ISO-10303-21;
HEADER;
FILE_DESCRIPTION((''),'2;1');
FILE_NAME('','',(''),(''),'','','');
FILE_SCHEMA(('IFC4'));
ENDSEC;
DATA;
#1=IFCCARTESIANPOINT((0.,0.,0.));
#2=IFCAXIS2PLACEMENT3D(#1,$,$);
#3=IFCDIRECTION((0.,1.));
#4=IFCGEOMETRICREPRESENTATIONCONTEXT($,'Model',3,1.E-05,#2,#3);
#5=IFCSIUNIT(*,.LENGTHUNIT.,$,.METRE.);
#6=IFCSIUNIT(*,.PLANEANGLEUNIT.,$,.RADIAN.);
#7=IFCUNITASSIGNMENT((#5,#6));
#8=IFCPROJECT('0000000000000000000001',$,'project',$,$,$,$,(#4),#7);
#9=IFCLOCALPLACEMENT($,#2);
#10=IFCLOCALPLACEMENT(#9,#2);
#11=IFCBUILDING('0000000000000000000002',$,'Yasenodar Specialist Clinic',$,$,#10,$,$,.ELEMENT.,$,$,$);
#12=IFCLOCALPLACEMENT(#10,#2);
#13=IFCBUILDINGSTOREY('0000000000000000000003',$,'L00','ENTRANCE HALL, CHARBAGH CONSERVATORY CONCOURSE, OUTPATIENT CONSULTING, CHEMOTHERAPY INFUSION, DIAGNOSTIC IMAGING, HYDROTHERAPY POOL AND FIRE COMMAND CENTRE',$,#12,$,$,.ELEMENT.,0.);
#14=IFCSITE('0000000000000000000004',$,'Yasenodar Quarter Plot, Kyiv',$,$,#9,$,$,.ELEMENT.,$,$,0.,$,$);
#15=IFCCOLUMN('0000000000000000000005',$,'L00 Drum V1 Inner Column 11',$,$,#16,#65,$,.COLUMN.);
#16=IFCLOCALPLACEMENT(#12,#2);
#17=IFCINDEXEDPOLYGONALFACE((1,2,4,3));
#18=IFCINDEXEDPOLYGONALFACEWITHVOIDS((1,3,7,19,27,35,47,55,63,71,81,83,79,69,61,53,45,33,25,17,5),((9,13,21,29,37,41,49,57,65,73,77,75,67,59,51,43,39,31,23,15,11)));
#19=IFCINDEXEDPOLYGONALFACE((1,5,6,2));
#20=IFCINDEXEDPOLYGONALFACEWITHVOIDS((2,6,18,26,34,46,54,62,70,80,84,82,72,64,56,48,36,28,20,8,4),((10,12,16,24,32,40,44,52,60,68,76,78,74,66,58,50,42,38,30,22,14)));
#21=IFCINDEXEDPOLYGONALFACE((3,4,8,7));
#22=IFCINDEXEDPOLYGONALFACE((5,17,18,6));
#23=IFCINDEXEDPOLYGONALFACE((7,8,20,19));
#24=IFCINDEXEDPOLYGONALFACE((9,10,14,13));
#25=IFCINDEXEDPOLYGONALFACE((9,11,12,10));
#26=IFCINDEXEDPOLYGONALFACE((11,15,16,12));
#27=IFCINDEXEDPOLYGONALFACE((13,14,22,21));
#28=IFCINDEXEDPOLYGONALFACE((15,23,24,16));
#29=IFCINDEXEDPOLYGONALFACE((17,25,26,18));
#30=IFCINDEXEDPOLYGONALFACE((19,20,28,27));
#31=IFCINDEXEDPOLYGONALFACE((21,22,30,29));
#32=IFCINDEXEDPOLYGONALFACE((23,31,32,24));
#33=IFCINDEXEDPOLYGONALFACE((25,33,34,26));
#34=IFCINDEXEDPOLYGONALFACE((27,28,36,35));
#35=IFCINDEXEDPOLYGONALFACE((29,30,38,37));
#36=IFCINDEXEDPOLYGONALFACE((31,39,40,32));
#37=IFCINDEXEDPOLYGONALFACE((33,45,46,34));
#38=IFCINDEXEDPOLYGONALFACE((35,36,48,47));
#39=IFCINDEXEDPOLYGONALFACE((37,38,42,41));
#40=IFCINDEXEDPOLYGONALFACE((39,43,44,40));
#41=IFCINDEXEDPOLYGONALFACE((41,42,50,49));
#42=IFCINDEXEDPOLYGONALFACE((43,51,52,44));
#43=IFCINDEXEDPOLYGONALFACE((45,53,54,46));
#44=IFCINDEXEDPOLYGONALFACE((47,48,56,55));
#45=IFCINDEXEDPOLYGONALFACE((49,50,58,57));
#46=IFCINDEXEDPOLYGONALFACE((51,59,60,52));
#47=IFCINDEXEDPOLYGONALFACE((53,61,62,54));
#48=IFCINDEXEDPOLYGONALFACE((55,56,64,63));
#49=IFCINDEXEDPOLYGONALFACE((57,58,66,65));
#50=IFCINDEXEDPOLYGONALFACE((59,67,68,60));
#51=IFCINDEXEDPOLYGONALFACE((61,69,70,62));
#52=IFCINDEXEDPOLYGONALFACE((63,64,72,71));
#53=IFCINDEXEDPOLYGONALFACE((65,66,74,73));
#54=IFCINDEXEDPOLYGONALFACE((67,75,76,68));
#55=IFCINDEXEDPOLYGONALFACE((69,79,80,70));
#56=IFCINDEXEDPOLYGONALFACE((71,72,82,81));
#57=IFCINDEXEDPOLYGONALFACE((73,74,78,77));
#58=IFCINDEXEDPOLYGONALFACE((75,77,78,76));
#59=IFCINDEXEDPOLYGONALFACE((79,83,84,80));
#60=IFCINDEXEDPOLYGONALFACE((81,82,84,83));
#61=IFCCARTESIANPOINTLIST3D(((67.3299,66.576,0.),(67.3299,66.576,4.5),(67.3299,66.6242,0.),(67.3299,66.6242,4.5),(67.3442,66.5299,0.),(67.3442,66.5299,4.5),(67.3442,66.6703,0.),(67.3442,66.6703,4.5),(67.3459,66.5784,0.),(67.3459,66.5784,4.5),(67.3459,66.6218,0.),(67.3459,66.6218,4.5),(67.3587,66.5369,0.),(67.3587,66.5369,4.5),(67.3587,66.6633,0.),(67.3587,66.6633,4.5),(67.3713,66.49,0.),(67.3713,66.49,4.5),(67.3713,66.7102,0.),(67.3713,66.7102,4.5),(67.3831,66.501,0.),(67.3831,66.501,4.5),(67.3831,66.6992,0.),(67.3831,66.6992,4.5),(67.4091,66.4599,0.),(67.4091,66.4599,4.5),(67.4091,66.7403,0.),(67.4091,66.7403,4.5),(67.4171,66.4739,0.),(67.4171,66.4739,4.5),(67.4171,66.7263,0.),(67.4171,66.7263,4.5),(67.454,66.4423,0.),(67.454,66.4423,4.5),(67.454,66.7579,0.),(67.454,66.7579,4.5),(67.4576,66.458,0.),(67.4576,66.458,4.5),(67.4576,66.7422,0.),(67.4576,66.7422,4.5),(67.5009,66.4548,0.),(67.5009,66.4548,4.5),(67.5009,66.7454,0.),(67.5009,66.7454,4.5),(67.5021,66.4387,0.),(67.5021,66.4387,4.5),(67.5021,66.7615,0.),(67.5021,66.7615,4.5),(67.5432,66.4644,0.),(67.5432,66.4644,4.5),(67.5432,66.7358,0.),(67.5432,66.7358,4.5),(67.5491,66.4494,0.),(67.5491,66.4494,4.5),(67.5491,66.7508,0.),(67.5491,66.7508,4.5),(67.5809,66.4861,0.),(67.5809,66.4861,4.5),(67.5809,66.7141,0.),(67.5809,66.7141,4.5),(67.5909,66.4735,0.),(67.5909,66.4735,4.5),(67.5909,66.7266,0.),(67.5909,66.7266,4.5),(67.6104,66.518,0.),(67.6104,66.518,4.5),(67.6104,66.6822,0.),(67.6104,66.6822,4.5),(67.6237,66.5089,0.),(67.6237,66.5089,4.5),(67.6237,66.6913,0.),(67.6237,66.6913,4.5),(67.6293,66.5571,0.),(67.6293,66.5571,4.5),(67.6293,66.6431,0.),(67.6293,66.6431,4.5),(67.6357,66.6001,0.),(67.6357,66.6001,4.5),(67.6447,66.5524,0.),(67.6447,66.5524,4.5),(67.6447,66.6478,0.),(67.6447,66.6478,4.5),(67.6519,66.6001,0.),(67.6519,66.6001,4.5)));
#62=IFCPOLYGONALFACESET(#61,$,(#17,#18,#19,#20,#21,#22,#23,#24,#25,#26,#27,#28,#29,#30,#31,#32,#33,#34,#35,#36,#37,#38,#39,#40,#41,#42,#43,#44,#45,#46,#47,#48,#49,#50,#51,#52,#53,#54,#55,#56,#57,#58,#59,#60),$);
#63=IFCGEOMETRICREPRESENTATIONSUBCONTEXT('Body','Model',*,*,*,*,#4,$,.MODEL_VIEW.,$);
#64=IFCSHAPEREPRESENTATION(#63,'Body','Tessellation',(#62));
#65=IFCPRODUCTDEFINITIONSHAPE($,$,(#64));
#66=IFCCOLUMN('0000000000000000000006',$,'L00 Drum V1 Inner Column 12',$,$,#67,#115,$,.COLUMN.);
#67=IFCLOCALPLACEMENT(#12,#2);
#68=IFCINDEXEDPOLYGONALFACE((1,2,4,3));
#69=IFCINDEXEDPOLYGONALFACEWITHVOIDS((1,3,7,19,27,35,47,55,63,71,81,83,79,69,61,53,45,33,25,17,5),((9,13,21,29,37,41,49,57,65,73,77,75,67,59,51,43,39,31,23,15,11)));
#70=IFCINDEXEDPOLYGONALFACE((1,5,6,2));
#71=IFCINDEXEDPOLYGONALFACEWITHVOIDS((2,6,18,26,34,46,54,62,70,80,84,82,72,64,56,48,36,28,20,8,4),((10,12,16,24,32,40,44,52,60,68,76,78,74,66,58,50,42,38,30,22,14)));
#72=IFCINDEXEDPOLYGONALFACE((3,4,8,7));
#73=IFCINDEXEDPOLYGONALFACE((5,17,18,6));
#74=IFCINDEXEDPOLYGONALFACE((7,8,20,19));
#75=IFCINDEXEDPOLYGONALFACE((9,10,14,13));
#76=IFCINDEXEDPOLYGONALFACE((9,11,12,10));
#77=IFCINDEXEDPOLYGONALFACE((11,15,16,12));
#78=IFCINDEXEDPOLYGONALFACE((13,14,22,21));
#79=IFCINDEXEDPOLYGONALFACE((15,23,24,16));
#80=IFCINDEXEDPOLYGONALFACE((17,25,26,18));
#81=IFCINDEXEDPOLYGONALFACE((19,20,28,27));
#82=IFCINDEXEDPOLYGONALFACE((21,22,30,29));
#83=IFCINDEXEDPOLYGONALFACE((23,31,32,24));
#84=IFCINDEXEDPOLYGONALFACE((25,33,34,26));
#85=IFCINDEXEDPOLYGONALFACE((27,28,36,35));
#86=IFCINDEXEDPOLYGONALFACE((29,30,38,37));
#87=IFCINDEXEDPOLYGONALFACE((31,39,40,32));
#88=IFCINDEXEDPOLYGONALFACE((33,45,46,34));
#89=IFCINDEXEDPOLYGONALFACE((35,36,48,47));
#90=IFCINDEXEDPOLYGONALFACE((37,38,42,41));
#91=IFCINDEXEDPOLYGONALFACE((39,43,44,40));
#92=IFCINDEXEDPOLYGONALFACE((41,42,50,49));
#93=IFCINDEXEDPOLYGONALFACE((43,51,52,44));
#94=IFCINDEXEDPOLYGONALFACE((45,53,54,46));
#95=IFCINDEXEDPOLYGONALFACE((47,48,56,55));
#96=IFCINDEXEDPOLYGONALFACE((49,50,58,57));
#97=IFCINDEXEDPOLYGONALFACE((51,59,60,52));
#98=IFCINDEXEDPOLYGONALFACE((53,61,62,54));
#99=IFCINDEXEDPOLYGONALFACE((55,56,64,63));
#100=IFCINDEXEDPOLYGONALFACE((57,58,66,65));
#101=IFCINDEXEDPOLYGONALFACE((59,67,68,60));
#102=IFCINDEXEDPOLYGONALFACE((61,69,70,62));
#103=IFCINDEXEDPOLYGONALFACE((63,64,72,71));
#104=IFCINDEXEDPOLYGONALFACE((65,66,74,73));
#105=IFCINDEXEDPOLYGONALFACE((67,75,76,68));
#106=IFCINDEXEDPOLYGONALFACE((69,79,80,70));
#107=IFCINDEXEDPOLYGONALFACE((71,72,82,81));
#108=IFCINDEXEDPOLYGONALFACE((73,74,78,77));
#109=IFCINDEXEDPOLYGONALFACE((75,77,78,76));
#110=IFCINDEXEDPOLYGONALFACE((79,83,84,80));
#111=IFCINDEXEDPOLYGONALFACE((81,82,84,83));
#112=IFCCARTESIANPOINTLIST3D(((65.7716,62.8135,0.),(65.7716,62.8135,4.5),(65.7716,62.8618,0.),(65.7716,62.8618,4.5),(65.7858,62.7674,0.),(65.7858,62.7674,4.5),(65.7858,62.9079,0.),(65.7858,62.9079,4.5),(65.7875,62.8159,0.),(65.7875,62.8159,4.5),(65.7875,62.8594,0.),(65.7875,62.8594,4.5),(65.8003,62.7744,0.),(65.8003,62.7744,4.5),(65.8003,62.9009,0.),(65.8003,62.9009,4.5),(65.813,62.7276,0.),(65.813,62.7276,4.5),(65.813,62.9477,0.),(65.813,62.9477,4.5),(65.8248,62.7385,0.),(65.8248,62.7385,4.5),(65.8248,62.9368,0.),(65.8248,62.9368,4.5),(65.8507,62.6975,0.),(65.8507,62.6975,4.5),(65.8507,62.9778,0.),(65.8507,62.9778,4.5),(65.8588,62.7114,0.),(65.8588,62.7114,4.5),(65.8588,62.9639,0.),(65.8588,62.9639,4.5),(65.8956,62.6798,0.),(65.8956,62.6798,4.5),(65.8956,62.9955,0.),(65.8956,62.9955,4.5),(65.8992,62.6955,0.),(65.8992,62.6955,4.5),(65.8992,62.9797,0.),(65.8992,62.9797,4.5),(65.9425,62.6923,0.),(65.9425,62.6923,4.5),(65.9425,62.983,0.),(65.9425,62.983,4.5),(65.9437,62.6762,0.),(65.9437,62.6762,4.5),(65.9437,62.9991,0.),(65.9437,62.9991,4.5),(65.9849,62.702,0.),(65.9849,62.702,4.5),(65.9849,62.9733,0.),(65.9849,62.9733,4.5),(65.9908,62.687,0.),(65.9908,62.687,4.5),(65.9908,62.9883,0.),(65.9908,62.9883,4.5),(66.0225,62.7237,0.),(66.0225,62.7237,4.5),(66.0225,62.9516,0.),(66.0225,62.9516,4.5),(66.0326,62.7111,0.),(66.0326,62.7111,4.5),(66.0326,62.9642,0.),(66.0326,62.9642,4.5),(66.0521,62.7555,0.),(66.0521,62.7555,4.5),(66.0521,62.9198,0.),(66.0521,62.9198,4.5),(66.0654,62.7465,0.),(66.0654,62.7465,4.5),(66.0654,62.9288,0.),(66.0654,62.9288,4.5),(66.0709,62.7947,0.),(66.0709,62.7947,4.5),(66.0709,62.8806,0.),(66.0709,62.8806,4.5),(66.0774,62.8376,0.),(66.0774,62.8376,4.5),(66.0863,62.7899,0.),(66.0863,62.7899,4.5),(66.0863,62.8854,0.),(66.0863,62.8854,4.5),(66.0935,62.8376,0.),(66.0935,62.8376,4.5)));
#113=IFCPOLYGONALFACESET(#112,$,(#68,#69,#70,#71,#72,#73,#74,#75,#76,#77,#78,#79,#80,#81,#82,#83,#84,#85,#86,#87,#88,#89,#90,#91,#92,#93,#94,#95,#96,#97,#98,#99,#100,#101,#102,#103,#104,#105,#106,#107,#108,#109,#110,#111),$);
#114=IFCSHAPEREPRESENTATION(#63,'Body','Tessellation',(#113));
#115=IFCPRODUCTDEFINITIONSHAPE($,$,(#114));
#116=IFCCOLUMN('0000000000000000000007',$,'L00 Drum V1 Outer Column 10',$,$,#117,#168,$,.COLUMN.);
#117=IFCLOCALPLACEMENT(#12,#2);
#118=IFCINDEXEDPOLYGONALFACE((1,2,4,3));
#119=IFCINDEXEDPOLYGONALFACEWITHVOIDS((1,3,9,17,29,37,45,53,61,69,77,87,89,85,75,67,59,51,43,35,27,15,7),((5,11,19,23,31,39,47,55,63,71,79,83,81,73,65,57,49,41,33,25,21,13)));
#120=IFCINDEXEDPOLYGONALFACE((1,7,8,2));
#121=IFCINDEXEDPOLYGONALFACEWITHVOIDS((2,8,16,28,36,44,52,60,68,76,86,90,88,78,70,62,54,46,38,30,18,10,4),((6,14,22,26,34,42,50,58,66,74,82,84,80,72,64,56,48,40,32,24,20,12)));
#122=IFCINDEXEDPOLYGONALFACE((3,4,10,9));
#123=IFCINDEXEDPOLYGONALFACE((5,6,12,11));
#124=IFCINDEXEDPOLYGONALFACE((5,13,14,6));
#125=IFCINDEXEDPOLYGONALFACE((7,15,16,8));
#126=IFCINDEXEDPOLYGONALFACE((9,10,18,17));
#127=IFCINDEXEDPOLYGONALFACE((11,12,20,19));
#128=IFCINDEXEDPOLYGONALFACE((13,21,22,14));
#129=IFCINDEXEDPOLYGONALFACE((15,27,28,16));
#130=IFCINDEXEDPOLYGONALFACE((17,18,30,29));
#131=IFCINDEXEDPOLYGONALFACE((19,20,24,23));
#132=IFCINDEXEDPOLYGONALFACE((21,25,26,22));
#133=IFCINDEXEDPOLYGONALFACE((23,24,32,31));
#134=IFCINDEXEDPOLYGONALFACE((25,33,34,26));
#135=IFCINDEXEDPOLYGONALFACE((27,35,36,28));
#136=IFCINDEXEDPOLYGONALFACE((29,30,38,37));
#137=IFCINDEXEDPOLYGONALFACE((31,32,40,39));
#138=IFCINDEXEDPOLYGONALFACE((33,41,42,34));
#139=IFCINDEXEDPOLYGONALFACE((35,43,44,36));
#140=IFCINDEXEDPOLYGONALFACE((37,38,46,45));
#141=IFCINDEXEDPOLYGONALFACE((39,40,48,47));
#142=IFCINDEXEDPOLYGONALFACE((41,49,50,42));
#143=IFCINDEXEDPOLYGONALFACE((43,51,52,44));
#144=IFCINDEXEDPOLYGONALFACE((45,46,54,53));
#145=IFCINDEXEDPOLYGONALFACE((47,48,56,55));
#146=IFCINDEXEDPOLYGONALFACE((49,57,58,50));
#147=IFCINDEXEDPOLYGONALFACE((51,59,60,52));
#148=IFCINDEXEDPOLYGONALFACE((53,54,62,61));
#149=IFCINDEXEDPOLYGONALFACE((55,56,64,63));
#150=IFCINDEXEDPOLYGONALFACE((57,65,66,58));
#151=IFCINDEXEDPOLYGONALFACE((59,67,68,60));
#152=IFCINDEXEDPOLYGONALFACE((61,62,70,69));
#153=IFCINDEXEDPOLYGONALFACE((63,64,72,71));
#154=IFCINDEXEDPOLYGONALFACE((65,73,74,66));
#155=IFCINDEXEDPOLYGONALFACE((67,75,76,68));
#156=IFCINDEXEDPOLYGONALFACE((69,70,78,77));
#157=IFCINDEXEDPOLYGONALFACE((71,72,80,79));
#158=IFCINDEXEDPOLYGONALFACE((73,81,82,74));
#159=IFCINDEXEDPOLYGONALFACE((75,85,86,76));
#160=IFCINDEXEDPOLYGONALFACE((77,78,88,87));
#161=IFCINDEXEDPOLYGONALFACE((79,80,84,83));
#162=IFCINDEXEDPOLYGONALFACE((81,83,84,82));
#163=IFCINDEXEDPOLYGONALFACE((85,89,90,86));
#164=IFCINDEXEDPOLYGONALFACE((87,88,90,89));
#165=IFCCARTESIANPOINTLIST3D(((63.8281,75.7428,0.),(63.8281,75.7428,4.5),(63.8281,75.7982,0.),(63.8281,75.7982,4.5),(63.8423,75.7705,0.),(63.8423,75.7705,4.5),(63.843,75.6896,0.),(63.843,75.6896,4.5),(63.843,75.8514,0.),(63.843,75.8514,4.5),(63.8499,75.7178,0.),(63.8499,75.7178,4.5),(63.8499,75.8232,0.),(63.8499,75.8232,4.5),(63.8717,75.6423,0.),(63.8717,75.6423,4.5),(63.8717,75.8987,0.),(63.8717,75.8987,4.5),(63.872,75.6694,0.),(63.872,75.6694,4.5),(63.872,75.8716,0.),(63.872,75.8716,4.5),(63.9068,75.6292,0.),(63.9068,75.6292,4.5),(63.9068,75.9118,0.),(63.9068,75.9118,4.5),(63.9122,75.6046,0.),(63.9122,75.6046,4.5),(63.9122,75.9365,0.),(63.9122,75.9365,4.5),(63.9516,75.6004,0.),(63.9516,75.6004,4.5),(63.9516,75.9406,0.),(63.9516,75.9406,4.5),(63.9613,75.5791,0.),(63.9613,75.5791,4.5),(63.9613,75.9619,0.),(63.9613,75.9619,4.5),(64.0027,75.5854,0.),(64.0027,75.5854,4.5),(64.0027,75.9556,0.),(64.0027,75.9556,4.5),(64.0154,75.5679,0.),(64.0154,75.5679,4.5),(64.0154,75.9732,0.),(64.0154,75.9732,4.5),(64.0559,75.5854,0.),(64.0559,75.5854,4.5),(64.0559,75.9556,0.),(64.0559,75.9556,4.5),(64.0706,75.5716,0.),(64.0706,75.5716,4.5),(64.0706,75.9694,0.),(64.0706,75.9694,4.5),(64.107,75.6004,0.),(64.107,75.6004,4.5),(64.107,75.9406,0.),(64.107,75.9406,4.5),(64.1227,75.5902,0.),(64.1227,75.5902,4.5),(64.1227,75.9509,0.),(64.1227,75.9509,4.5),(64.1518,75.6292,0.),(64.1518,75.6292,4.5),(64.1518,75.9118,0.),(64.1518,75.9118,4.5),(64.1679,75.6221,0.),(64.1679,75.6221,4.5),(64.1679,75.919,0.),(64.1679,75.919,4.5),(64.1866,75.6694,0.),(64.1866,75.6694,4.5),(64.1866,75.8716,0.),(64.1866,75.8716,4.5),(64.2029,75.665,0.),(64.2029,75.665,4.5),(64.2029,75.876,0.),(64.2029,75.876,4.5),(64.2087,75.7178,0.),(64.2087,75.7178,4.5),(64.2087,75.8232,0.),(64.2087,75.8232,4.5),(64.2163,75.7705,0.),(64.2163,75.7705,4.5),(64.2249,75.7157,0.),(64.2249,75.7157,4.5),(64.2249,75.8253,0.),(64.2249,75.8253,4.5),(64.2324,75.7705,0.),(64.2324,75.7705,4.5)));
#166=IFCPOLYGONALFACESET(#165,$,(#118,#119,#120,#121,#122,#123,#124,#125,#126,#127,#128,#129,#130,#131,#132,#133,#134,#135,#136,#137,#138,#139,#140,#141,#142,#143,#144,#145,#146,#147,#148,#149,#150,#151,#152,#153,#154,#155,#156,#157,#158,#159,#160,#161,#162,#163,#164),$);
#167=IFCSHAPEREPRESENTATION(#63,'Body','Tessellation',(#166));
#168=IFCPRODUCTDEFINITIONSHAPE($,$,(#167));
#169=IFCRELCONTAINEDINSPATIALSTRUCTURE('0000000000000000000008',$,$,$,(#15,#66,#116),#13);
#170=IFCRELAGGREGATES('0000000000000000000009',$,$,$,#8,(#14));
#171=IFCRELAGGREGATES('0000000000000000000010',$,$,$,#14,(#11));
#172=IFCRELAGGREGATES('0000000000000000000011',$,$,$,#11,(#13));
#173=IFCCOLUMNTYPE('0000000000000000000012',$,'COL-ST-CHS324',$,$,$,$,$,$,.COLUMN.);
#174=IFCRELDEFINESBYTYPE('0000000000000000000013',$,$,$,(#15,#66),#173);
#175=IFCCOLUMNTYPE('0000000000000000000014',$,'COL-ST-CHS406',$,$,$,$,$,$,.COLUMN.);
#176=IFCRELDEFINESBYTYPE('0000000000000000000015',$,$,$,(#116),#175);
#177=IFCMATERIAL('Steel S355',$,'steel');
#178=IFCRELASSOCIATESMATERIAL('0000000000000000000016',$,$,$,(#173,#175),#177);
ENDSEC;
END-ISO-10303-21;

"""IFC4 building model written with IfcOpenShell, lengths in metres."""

from ifc_helpers import new_model, si_unit, direction, frame, origin, origin_2d, place, context, subcontext, project, spatial, hollow_circle, extrude, material, material_profile, profile_set, type_object, element, save


model = new_model("IFC4")

# Units and contexts
model_context = context("Model", 3, precision=1e-05, world=origin(), true_north=direction((0.0, 1.0)))
body_context = subcontext(model_context, "Body", "Model", "MODEL_VIEW")
ifc_project = project(units=[si_unit("LENGTHUNIT", "METRE"), si_unit("PLANEANGLEUNIT", "RADIAN")], contexts=[model_context])

# Site, building, storey
site_placement = place(None, origin())
site = spatial("IfcSite", under=ifc_project, at=site_placement, Name="Yasenodar Quarter Plot, Kyiv", CompositionType="ELEMENT", RefElevation=0.0)
building_placement = place(site_placement, origin())
building = spatial("IfcBuilding", under=site, at=building_placement, Name="Yasenodar Specialist Clinic", CompositionType="ELEMENT")
storey_placement = place(building_placement, origin())
storey = spatial("IfcBuildingStorey", under=building, at=storey_placement, Name="L00", Description="ENTRANCE HALL, CHARBAGH CONSERVATORY CONCOURSE, OUTPATIENT CONSULTING, CHEMOTHERAPY INFUSION, DIAGNOSTIC IMAGING, HYDROTHERAPY POOL AND FIRE COMMAND CENTRE", CompositionType="ELEMENT", Elevation=0.0)

# Columns
ifc_material_1 = material(Name="Steel S355", Category="steel")
ifc_material_profile_1 = material_profile(ifc_material_1, hollow_circle(Radius=0.1619, WallThickness=0.0161, at=origin_2d()), Name="CHS 323.9x16")
ifc_profile_set_1 = profile_set([ifc_material_profile_1], Name="Steel S355")
column_type_1 = type_object("IfcColumnType", Name="COL-ST-CHS324", PredefinedType="COLUMN", material=ifc_profile_set_1)
for number, where, z_axis, x_axis, name in (
    (1, (67.49, 66.6001, 0.0), (0.0, 0.0, 1.0), (1.0, 0.0, 0.0), "L00 Drum V1 Inner Column 11"),
    (2, (65.9316, 62.8376, 0.0), (0.0, 0.0, 1.0), (1.0, 0.0, 0.0), "L00 Drum V1 Inner Column 12"),
):
    element("IfcColumn", number, at=place(storey_placement, frame(where, z_axis=z_axis, x_axis=x_axis)), inside=storey, type_object=column_type_1, Name=name, PredefinedType="COLUMN", context=body_context, shape_type="SweptSolid", body=[
        extrude(hollow_circle(Radius=0.1619, WallThickness=0.0161, at=origin_2d()), origin(), (0.0, 0.0, 1.0), 4.5),
    ])
ifc_material_profile_2 = material_profile(ifc_material_1, hollow_circle(Radius=0.2031, WallThickness=0.0161, at=origin_2d()), Name="CHS 406.4x16")
ifc_profile_set_2 = profile_set([ifc_material_profile_2], Name="Steel S355")
column_type_2 = type_object("IfcColumnType", Name="COL-ST-CHS406", PredefinedType="COLUMN", material=ifc_profile_set_2)
column_placement = place(storey_placement, frame((64.0293, 75.7705, 0.0), z_axis=(0.0, 0.0, 1.0), x_axis=(1.0, 0.0, 0.0)))
element("IfcColumn", 3, at=column_placement, inside=storey, type_object=column_type_2, Name="L00 Drum V1 Outer Column 10", PredefinedType="COLUMN", context=body_context, shape_type="SweptSolid", body=[
    extrude(hollow_circle(Radius=0.2031, WallThickness=0.0161, at=origin_2d()), origin(), (0.0, 0.0, 1.0), 4.5),
])

save(model, "model.ifc")
